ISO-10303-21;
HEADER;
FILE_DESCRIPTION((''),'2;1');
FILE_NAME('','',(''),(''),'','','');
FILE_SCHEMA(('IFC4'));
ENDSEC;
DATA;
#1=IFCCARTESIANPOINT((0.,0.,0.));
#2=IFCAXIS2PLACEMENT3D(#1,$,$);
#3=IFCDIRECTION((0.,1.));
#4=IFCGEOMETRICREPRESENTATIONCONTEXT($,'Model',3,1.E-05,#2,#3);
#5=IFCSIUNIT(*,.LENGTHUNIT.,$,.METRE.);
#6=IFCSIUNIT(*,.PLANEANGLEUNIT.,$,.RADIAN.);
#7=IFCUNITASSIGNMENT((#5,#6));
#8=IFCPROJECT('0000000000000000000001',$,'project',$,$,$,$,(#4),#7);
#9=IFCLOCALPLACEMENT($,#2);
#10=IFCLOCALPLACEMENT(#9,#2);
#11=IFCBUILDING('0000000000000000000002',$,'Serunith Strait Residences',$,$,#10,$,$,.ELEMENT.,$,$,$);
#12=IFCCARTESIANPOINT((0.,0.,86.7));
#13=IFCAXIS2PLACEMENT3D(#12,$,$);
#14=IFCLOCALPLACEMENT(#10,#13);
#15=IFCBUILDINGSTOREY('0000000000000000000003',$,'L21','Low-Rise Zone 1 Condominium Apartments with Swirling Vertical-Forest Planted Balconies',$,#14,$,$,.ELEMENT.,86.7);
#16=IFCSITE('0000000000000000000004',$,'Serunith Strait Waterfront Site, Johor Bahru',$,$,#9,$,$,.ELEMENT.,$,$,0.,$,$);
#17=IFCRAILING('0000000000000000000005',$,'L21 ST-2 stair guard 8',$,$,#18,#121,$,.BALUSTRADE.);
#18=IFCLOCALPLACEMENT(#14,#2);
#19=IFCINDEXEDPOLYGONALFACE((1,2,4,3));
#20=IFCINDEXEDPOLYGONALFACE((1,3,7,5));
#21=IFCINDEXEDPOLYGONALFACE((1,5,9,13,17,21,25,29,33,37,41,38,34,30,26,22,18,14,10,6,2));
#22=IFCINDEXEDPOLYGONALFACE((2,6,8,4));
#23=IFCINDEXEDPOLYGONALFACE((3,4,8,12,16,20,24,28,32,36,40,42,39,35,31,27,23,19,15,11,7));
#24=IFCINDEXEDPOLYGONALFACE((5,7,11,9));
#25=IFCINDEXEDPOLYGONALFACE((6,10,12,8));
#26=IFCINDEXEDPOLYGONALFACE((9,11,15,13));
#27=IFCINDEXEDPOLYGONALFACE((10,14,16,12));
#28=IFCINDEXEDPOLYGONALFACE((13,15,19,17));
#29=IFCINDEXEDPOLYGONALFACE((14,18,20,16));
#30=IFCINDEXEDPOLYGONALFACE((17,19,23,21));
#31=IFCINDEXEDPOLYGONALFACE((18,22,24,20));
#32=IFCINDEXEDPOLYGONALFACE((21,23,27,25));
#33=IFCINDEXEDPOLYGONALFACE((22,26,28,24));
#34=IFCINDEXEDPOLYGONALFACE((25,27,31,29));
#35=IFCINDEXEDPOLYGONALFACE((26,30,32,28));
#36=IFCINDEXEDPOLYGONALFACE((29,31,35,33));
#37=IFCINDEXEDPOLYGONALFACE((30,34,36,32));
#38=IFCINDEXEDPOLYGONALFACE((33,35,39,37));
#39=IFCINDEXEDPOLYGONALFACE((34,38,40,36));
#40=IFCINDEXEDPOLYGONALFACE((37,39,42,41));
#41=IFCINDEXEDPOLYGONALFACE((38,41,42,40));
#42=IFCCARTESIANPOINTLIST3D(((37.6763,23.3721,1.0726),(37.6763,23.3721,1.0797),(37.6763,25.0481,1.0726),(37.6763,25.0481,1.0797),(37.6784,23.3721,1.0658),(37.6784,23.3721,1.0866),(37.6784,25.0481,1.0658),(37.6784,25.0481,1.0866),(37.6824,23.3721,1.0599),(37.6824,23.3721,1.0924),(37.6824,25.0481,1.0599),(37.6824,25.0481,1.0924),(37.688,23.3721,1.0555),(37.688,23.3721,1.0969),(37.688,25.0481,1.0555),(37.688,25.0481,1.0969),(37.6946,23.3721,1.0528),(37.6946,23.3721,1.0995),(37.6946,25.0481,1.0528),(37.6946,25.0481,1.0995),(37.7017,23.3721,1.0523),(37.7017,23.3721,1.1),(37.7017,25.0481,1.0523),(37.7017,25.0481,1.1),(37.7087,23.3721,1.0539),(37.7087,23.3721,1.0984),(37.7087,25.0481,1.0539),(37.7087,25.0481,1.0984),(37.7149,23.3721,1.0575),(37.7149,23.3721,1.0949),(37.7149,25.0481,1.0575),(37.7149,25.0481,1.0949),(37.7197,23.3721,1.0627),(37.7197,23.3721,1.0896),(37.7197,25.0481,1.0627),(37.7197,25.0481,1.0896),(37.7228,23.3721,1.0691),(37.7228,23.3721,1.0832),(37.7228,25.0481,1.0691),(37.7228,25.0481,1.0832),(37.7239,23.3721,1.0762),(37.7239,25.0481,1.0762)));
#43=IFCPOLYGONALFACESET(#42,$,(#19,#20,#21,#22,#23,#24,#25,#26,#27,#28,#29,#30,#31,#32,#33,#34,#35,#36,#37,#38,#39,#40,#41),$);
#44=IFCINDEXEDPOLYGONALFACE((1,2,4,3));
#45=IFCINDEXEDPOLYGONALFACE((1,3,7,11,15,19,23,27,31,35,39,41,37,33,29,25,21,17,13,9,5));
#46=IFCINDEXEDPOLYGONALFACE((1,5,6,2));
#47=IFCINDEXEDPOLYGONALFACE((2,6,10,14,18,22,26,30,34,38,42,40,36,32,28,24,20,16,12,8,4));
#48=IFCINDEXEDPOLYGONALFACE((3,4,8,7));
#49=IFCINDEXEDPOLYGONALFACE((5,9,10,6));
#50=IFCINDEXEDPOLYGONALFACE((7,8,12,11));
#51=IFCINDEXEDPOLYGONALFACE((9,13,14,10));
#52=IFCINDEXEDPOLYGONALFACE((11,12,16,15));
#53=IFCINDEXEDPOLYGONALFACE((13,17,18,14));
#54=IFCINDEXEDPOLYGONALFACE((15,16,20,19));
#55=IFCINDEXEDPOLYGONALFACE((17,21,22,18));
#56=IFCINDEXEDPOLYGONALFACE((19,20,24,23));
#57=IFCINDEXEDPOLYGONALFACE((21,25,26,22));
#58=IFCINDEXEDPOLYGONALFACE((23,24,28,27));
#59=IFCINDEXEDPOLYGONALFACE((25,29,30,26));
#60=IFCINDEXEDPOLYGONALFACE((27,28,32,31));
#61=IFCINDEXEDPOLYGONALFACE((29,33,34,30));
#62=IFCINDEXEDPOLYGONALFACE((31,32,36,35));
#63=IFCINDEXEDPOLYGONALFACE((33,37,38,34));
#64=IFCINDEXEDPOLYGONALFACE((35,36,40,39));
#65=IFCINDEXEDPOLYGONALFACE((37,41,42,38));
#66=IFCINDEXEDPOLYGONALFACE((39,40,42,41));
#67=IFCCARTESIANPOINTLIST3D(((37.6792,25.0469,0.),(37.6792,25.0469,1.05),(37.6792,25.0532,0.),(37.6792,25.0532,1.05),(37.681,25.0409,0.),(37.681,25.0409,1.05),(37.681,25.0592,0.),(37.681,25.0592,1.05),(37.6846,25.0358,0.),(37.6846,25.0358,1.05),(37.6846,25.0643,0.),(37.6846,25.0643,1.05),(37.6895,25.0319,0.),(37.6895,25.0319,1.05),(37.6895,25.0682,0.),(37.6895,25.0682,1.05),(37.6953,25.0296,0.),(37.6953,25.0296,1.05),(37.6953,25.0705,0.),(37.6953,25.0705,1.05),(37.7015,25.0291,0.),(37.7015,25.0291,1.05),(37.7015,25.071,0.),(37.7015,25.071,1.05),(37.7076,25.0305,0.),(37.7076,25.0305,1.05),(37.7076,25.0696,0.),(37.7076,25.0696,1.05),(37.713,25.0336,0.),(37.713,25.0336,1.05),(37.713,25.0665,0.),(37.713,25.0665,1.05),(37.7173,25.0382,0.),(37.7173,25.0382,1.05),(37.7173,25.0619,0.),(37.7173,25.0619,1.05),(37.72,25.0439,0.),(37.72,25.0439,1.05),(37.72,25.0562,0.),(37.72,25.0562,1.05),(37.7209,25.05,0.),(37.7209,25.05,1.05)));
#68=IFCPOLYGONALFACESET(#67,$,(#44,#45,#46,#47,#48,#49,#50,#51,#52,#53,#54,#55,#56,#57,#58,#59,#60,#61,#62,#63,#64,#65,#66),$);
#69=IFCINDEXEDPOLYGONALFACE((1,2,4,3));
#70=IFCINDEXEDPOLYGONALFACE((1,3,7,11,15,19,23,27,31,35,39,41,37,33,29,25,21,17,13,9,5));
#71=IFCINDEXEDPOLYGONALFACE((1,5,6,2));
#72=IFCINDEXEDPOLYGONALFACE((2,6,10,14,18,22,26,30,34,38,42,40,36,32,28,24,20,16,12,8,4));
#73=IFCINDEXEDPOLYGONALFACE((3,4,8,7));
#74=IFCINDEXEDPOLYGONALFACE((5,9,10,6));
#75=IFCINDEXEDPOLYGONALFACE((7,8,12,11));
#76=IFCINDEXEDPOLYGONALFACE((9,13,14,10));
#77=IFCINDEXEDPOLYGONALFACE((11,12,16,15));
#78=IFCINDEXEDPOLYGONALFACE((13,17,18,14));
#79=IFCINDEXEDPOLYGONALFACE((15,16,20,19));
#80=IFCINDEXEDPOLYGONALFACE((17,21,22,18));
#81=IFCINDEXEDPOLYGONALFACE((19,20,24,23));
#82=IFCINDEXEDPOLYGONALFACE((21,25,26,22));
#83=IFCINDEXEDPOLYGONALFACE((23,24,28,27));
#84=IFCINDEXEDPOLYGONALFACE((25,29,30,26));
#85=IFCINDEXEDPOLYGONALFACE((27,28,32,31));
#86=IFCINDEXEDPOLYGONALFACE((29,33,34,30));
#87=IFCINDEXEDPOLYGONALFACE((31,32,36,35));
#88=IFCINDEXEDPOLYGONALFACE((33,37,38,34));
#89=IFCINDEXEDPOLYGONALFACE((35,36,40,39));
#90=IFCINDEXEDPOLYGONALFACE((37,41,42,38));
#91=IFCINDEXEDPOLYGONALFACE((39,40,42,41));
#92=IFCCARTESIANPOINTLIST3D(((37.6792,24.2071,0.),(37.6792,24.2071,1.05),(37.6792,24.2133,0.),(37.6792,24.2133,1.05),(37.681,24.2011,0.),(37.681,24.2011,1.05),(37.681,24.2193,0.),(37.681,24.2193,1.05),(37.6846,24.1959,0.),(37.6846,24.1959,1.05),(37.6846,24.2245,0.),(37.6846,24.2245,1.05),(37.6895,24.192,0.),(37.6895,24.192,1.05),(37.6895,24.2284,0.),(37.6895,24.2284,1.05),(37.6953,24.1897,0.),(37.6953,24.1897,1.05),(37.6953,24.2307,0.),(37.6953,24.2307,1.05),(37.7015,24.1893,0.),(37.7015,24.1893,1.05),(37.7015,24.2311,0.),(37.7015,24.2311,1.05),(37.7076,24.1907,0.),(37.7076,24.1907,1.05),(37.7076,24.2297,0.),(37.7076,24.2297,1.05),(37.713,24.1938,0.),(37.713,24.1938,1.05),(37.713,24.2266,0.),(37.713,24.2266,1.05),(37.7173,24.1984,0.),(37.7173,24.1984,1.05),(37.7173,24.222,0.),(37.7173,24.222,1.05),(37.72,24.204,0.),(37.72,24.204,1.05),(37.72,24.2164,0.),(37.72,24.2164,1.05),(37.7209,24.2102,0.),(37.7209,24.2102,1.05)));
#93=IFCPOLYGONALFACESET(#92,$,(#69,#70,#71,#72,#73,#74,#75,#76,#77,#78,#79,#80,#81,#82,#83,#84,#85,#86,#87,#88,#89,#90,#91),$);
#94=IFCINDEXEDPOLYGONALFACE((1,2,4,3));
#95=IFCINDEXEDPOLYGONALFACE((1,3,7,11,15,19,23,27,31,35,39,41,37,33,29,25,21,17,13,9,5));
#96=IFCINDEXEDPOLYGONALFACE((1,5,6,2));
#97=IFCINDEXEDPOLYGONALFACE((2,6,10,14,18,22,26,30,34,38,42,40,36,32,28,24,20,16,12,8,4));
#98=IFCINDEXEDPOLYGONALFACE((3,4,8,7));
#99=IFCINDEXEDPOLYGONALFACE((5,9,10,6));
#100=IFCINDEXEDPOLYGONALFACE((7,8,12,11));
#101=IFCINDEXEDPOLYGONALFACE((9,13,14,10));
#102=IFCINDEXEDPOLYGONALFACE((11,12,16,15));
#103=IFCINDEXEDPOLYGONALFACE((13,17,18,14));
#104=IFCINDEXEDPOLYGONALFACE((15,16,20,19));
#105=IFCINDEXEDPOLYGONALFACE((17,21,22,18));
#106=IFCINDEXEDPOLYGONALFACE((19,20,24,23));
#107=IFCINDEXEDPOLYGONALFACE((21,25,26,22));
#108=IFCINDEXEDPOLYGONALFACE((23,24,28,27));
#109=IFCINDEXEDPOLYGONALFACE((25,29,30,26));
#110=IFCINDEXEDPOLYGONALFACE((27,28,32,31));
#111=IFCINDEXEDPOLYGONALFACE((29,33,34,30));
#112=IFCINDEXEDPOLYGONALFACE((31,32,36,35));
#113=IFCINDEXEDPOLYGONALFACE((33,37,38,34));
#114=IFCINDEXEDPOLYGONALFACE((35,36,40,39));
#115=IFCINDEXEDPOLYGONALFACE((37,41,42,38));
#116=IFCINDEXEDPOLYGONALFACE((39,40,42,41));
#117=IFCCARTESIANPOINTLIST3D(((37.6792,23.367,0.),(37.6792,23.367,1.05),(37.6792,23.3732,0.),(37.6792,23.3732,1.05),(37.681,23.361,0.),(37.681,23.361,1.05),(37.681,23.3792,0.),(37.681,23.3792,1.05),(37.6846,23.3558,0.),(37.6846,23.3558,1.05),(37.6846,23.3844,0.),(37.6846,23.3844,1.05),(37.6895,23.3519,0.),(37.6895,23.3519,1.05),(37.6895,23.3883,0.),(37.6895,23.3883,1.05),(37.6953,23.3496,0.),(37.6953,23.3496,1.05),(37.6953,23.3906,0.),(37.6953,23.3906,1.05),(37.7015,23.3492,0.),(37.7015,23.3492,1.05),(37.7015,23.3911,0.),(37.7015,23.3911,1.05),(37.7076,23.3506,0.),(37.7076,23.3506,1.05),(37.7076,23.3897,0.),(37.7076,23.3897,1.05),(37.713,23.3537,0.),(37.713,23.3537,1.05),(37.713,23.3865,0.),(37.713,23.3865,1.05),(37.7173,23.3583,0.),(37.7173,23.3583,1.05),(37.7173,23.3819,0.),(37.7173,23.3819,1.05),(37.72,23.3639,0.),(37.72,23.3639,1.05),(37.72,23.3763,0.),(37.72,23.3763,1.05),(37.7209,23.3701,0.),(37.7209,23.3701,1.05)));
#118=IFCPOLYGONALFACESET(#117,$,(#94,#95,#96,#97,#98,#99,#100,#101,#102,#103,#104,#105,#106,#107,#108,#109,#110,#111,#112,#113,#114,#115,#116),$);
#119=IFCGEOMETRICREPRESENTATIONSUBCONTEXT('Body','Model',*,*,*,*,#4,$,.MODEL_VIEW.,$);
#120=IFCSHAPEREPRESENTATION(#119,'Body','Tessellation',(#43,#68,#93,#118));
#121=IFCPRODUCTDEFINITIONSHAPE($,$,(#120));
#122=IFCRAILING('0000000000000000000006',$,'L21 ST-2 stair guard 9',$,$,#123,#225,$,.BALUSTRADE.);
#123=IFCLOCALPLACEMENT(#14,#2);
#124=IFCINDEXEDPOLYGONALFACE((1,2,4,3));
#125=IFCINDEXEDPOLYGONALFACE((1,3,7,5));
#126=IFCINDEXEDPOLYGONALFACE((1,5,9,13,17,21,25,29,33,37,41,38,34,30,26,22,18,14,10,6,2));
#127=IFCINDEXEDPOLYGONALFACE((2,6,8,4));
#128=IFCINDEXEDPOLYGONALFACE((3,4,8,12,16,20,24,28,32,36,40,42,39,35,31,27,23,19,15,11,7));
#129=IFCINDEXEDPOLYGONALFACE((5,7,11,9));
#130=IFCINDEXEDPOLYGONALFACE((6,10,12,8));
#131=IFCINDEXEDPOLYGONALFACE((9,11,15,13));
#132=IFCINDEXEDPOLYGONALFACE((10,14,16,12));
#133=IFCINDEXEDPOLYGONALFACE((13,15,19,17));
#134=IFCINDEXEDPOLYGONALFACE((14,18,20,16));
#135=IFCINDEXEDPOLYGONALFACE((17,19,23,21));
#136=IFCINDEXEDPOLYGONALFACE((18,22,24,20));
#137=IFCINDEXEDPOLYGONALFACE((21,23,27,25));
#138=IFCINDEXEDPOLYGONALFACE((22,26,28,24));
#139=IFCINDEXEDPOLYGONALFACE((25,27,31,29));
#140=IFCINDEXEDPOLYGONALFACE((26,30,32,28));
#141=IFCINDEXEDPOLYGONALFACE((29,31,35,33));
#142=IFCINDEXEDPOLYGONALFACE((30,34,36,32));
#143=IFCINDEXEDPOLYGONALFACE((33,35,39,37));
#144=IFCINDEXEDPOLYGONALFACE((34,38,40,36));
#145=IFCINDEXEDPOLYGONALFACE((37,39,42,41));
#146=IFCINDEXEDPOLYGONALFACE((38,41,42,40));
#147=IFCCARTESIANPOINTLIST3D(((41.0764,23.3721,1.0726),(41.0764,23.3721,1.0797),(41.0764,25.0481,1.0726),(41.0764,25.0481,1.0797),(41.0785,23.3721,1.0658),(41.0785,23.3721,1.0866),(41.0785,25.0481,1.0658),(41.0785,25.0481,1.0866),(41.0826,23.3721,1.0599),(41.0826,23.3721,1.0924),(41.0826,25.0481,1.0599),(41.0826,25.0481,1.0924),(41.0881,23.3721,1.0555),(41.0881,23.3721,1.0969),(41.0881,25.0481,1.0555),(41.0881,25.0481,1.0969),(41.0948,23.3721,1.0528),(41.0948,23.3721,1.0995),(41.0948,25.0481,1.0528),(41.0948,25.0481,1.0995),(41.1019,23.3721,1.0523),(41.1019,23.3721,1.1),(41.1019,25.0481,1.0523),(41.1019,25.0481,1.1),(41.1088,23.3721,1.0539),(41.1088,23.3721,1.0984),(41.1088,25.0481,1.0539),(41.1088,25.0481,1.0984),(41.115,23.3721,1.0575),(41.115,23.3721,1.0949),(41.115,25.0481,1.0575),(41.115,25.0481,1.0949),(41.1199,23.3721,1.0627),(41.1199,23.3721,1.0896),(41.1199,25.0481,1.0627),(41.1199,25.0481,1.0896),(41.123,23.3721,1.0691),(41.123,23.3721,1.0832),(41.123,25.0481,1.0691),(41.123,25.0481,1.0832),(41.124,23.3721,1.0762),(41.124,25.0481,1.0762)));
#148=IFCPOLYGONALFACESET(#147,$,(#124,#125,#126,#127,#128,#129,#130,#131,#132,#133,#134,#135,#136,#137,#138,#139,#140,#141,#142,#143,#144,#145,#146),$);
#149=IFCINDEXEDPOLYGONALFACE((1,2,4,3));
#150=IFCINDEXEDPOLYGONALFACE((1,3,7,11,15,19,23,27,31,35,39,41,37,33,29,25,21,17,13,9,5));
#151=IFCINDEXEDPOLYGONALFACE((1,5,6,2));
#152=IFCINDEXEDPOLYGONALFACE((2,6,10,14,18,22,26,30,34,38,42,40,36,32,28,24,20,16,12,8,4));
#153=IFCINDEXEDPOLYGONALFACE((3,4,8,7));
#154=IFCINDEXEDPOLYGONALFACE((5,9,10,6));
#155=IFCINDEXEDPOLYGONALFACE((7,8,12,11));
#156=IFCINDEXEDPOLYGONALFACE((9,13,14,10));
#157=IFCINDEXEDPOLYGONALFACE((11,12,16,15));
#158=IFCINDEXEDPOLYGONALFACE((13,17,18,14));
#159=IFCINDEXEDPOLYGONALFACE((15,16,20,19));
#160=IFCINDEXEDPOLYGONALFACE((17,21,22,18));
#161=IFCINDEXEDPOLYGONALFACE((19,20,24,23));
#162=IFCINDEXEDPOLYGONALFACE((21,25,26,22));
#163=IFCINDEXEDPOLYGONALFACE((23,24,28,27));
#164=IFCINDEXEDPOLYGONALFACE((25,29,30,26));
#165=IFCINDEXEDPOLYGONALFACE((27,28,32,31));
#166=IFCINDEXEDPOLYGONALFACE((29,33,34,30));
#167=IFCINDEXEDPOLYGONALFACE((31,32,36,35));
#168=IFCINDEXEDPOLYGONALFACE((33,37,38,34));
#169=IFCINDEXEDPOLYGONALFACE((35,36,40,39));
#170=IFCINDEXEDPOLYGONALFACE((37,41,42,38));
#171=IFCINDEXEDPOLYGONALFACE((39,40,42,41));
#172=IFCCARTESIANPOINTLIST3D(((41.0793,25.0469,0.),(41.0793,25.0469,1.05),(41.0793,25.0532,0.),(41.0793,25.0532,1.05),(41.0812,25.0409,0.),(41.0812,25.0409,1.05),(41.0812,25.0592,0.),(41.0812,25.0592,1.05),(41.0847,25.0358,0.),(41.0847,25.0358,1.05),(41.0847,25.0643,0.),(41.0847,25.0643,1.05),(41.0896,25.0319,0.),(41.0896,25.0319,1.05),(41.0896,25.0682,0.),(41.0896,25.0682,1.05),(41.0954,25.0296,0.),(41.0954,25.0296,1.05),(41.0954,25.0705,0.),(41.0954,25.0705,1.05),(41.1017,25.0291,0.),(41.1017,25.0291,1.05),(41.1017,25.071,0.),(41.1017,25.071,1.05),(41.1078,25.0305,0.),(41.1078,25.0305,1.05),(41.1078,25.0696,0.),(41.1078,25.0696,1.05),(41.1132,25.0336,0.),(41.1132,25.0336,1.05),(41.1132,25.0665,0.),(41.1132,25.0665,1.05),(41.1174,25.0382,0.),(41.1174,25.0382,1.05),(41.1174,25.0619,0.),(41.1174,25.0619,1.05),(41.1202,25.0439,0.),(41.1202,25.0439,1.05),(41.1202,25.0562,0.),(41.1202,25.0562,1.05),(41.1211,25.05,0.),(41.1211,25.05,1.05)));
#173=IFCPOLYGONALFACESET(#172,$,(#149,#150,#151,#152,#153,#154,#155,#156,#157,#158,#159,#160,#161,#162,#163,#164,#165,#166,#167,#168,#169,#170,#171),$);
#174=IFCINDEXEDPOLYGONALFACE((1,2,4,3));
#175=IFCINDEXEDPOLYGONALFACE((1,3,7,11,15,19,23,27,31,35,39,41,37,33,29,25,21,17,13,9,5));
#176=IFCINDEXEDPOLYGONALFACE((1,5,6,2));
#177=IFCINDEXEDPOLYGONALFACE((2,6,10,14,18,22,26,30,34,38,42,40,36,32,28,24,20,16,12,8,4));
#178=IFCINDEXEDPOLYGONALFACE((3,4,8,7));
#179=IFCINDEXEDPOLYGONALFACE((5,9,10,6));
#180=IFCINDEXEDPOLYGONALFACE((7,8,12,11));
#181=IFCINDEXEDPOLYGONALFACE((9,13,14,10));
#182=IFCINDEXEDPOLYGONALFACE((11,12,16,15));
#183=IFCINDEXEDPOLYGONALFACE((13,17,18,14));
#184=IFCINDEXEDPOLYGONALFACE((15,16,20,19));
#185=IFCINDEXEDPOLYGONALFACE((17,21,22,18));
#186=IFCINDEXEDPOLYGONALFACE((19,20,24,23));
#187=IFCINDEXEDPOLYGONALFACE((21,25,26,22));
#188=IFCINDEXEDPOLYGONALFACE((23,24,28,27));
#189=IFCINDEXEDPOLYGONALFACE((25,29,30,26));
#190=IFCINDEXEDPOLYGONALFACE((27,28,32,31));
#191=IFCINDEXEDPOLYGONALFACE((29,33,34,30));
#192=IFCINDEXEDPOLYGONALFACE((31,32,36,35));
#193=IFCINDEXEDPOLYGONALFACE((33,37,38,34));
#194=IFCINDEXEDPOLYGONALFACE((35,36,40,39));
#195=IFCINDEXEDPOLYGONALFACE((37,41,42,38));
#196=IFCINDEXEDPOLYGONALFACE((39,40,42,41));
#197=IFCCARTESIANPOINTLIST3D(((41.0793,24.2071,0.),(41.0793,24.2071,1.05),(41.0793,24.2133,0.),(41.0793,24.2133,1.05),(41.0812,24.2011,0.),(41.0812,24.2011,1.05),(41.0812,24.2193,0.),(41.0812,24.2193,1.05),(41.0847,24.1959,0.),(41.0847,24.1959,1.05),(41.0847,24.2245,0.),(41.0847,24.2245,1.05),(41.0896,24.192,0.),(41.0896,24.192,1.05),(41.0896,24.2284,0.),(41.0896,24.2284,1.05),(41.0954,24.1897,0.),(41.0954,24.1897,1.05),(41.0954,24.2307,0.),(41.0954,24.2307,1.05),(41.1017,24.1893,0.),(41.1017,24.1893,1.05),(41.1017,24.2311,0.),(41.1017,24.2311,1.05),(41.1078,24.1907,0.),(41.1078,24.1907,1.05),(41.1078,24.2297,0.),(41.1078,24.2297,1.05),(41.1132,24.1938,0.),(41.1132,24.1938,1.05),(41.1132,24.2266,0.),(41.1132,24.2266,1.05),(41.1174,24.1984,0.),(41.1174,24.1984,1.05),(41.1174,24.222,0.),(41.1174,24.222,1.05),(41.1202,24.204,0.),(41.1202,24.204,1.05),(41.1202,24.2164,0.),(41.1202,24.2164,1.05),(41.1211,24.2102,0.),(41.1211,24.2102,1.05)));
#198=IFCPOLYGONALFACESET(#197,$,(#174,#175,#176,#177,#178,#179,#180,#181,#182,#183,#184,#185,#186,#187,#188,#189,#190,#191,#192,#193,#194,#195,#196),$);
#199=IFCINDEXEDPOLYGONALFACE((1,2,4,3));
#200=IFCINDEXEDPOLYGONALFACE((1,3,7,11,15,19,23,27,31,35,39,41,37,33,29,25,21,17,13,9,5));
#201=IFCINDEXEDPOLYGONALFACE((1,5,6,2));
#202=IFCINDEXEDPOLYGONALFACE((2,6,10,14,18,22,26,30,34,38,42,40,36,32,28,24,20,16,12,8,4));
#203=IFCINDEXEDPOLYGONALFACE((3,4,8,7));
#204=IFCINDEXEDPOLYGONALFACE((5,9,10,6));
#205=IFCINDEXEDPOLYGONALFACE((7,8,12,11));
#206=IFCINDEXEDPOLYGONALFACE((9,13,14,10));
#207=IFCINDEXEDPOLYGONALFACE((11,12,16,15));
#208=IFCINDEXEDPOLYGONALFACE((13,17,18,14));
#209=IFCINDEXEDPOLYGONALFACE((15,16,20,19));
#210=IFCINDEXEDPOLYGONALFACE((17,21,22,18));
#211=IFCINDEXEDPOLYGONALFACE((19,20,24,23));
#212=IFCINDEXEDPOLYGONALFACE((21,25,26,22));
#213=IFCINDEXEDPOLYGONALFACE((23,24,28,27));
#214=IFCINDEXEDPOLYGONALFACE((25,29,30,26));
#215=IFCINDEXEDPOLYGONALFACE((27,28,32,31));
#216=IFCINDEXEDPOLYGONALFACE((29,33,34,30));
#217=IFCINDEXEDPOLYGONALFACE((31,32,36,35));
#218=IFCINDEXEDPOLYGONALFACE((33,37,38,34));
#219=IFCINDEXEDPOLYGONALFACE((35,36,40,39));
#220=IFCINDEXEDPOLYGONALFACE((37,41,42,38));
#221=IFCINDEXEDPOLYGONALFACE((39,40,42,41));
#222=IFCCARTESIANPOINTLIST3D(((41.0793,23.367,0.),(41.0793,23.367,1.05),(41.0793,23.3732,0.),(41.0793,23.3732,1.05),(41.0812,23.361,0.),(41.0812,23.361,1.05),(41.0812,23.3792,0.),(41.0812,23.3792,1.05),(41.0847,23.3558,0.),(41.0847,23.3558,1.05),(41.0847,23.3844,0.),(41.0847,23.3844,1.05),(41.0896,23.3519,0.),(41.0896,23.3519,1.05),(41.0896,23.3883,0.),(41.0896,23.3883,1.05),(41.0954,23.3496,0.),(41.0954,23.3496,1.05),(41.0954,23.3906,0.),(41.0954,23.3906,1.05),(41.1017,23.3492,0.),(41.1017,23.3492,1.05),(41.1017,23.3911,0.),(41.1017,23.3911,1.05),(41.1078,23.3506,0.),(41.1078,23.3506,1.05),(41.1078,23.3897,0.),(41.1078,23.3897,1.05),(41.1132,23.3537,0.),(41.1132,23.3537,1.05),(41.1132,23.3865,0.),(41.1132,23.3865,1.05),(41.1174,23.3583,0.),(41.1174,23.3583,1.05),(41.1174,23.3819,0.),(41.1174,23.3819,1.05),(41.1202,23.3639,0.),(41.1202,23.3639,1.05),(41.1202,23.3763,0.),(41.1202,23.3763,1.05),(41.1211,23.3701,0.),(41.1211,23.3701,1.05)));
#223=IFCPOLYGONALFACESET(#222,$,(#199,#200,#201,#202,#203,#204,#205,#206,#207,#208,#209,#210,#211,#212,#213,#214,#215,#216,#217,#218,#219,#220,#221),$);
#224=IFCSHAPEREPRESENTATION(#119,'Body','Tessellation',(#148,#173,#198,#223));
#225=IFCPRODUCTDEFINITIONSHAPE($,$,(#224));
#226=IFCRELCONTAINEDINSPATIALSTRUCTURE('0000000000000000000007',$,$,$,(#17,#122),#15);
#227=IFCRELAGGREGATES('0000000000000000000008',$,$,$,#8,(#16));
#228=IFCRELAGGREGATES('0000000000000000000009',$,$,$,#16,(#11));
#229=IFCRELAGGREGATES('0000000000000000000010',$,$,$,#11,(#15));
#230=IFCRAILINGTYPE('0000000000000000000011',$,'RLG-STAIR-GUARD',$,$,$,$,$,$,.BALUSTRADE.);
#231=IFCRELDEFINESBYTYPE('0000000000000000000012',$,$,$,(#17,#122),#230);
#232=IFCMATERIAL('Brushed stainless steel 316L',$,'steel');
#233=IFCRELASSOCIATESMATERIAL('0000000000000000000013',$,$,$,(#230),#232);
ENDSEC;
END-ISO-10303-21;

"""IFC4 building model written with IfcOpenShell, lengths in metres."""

from ifc_helpers import new_model, si_unit, direction, frame, origin, origin_2d, place, context, subcontext, project, spatial, circle, extrude, material, type_object, element, save


model = new_model("IFC4")

# Units and contexts
model_context = context("Model", 3, precision=1e-05, world=origin(), true_north=direction((0.0, 1.0)))
body_context = subcontext(model_context, "Body", "Model", "MODEL_VIEW")
ifc_project = project(units=[si_unit("LENGTHUNIT", "METRE"), si_unit("PLANEANGLEUNIT", "RADIAN")], contexts=[model_context])

# Site, building, storey
site_placement = place(None, origin())
site = spatial("IfcSite", under=ifc_project, at=site_placement, Name="Serunith Strait Waterfront Site, Johor Bahru", CompositionType="ELEMENT", RefElevation=0.0)
building_placement = place(site_placement, origin())
building = spatial("IfcBuilding", under=site, at=building_placement, Name="Serunith Strait Residences", CompositionType="ELEMENT")
storey_placement = place(building_placement, frame((0.0, 0.0, 86.7)))
storey = spatial("IfcBuildingStorey", under=building, at=storey_placement, Name="L21", Description="Low-Rise Zone 1 Condominium Apartments with Swirling Vertical-Forest Planted Balconies", CompositionType="ELEMENT", Elevation=86.7)

# Railings
ifc_material_1 = material(Name="Brushed stainless steel 316L", Category="steel")
railing_type = type_object("IfcRailingType", Name="RLG-STAIR-GUARD", PredefinedType="BALUSTRADE", material=ifc_material_1)
for number, where, name in (
    (1, (37.7, 25.05, 0.0), "L21 ST-2 stair guard 8"),
    (2, (41.1001, 25.05, 0.0), "L21 ST-2 stair guard 9"),
):
    element("IfcRailing", number, at=place(storey_placement, frame(where)), inside=storey, type_object=railing_type, Name=name, PredefinedType="BALUSTRADE", context=body_context, shape_type="SweptSolid", body=[
        extrude(circle(Radius=0.0239, at=origin_2d()), frame((0.0, -0.002, 1.0762), z_axis=(0.0, -1.0, 0.0), x_axis=(1.0, 0.0, 0.0)), (0.0, 0.0, 1.0), 1.676),
        extrude(circle(Radius=0.021, at=origin_2d()), origin(), (0.0, 0.0, 1.0), 1.05),
        extrude(circle(Radius=0.021, at=origin_2d()), frame((0.0, -0.8398, 0.0)), (0.0, 0.0, 1.0), 1.05),
        extrude(circle(Radius=0.021, at=origin_2d()), frame((0.0, -1.6799, 0.0)), (0.0, 0.0, 1.0), 1.05),
    ])

save(model, "model.ifc")
